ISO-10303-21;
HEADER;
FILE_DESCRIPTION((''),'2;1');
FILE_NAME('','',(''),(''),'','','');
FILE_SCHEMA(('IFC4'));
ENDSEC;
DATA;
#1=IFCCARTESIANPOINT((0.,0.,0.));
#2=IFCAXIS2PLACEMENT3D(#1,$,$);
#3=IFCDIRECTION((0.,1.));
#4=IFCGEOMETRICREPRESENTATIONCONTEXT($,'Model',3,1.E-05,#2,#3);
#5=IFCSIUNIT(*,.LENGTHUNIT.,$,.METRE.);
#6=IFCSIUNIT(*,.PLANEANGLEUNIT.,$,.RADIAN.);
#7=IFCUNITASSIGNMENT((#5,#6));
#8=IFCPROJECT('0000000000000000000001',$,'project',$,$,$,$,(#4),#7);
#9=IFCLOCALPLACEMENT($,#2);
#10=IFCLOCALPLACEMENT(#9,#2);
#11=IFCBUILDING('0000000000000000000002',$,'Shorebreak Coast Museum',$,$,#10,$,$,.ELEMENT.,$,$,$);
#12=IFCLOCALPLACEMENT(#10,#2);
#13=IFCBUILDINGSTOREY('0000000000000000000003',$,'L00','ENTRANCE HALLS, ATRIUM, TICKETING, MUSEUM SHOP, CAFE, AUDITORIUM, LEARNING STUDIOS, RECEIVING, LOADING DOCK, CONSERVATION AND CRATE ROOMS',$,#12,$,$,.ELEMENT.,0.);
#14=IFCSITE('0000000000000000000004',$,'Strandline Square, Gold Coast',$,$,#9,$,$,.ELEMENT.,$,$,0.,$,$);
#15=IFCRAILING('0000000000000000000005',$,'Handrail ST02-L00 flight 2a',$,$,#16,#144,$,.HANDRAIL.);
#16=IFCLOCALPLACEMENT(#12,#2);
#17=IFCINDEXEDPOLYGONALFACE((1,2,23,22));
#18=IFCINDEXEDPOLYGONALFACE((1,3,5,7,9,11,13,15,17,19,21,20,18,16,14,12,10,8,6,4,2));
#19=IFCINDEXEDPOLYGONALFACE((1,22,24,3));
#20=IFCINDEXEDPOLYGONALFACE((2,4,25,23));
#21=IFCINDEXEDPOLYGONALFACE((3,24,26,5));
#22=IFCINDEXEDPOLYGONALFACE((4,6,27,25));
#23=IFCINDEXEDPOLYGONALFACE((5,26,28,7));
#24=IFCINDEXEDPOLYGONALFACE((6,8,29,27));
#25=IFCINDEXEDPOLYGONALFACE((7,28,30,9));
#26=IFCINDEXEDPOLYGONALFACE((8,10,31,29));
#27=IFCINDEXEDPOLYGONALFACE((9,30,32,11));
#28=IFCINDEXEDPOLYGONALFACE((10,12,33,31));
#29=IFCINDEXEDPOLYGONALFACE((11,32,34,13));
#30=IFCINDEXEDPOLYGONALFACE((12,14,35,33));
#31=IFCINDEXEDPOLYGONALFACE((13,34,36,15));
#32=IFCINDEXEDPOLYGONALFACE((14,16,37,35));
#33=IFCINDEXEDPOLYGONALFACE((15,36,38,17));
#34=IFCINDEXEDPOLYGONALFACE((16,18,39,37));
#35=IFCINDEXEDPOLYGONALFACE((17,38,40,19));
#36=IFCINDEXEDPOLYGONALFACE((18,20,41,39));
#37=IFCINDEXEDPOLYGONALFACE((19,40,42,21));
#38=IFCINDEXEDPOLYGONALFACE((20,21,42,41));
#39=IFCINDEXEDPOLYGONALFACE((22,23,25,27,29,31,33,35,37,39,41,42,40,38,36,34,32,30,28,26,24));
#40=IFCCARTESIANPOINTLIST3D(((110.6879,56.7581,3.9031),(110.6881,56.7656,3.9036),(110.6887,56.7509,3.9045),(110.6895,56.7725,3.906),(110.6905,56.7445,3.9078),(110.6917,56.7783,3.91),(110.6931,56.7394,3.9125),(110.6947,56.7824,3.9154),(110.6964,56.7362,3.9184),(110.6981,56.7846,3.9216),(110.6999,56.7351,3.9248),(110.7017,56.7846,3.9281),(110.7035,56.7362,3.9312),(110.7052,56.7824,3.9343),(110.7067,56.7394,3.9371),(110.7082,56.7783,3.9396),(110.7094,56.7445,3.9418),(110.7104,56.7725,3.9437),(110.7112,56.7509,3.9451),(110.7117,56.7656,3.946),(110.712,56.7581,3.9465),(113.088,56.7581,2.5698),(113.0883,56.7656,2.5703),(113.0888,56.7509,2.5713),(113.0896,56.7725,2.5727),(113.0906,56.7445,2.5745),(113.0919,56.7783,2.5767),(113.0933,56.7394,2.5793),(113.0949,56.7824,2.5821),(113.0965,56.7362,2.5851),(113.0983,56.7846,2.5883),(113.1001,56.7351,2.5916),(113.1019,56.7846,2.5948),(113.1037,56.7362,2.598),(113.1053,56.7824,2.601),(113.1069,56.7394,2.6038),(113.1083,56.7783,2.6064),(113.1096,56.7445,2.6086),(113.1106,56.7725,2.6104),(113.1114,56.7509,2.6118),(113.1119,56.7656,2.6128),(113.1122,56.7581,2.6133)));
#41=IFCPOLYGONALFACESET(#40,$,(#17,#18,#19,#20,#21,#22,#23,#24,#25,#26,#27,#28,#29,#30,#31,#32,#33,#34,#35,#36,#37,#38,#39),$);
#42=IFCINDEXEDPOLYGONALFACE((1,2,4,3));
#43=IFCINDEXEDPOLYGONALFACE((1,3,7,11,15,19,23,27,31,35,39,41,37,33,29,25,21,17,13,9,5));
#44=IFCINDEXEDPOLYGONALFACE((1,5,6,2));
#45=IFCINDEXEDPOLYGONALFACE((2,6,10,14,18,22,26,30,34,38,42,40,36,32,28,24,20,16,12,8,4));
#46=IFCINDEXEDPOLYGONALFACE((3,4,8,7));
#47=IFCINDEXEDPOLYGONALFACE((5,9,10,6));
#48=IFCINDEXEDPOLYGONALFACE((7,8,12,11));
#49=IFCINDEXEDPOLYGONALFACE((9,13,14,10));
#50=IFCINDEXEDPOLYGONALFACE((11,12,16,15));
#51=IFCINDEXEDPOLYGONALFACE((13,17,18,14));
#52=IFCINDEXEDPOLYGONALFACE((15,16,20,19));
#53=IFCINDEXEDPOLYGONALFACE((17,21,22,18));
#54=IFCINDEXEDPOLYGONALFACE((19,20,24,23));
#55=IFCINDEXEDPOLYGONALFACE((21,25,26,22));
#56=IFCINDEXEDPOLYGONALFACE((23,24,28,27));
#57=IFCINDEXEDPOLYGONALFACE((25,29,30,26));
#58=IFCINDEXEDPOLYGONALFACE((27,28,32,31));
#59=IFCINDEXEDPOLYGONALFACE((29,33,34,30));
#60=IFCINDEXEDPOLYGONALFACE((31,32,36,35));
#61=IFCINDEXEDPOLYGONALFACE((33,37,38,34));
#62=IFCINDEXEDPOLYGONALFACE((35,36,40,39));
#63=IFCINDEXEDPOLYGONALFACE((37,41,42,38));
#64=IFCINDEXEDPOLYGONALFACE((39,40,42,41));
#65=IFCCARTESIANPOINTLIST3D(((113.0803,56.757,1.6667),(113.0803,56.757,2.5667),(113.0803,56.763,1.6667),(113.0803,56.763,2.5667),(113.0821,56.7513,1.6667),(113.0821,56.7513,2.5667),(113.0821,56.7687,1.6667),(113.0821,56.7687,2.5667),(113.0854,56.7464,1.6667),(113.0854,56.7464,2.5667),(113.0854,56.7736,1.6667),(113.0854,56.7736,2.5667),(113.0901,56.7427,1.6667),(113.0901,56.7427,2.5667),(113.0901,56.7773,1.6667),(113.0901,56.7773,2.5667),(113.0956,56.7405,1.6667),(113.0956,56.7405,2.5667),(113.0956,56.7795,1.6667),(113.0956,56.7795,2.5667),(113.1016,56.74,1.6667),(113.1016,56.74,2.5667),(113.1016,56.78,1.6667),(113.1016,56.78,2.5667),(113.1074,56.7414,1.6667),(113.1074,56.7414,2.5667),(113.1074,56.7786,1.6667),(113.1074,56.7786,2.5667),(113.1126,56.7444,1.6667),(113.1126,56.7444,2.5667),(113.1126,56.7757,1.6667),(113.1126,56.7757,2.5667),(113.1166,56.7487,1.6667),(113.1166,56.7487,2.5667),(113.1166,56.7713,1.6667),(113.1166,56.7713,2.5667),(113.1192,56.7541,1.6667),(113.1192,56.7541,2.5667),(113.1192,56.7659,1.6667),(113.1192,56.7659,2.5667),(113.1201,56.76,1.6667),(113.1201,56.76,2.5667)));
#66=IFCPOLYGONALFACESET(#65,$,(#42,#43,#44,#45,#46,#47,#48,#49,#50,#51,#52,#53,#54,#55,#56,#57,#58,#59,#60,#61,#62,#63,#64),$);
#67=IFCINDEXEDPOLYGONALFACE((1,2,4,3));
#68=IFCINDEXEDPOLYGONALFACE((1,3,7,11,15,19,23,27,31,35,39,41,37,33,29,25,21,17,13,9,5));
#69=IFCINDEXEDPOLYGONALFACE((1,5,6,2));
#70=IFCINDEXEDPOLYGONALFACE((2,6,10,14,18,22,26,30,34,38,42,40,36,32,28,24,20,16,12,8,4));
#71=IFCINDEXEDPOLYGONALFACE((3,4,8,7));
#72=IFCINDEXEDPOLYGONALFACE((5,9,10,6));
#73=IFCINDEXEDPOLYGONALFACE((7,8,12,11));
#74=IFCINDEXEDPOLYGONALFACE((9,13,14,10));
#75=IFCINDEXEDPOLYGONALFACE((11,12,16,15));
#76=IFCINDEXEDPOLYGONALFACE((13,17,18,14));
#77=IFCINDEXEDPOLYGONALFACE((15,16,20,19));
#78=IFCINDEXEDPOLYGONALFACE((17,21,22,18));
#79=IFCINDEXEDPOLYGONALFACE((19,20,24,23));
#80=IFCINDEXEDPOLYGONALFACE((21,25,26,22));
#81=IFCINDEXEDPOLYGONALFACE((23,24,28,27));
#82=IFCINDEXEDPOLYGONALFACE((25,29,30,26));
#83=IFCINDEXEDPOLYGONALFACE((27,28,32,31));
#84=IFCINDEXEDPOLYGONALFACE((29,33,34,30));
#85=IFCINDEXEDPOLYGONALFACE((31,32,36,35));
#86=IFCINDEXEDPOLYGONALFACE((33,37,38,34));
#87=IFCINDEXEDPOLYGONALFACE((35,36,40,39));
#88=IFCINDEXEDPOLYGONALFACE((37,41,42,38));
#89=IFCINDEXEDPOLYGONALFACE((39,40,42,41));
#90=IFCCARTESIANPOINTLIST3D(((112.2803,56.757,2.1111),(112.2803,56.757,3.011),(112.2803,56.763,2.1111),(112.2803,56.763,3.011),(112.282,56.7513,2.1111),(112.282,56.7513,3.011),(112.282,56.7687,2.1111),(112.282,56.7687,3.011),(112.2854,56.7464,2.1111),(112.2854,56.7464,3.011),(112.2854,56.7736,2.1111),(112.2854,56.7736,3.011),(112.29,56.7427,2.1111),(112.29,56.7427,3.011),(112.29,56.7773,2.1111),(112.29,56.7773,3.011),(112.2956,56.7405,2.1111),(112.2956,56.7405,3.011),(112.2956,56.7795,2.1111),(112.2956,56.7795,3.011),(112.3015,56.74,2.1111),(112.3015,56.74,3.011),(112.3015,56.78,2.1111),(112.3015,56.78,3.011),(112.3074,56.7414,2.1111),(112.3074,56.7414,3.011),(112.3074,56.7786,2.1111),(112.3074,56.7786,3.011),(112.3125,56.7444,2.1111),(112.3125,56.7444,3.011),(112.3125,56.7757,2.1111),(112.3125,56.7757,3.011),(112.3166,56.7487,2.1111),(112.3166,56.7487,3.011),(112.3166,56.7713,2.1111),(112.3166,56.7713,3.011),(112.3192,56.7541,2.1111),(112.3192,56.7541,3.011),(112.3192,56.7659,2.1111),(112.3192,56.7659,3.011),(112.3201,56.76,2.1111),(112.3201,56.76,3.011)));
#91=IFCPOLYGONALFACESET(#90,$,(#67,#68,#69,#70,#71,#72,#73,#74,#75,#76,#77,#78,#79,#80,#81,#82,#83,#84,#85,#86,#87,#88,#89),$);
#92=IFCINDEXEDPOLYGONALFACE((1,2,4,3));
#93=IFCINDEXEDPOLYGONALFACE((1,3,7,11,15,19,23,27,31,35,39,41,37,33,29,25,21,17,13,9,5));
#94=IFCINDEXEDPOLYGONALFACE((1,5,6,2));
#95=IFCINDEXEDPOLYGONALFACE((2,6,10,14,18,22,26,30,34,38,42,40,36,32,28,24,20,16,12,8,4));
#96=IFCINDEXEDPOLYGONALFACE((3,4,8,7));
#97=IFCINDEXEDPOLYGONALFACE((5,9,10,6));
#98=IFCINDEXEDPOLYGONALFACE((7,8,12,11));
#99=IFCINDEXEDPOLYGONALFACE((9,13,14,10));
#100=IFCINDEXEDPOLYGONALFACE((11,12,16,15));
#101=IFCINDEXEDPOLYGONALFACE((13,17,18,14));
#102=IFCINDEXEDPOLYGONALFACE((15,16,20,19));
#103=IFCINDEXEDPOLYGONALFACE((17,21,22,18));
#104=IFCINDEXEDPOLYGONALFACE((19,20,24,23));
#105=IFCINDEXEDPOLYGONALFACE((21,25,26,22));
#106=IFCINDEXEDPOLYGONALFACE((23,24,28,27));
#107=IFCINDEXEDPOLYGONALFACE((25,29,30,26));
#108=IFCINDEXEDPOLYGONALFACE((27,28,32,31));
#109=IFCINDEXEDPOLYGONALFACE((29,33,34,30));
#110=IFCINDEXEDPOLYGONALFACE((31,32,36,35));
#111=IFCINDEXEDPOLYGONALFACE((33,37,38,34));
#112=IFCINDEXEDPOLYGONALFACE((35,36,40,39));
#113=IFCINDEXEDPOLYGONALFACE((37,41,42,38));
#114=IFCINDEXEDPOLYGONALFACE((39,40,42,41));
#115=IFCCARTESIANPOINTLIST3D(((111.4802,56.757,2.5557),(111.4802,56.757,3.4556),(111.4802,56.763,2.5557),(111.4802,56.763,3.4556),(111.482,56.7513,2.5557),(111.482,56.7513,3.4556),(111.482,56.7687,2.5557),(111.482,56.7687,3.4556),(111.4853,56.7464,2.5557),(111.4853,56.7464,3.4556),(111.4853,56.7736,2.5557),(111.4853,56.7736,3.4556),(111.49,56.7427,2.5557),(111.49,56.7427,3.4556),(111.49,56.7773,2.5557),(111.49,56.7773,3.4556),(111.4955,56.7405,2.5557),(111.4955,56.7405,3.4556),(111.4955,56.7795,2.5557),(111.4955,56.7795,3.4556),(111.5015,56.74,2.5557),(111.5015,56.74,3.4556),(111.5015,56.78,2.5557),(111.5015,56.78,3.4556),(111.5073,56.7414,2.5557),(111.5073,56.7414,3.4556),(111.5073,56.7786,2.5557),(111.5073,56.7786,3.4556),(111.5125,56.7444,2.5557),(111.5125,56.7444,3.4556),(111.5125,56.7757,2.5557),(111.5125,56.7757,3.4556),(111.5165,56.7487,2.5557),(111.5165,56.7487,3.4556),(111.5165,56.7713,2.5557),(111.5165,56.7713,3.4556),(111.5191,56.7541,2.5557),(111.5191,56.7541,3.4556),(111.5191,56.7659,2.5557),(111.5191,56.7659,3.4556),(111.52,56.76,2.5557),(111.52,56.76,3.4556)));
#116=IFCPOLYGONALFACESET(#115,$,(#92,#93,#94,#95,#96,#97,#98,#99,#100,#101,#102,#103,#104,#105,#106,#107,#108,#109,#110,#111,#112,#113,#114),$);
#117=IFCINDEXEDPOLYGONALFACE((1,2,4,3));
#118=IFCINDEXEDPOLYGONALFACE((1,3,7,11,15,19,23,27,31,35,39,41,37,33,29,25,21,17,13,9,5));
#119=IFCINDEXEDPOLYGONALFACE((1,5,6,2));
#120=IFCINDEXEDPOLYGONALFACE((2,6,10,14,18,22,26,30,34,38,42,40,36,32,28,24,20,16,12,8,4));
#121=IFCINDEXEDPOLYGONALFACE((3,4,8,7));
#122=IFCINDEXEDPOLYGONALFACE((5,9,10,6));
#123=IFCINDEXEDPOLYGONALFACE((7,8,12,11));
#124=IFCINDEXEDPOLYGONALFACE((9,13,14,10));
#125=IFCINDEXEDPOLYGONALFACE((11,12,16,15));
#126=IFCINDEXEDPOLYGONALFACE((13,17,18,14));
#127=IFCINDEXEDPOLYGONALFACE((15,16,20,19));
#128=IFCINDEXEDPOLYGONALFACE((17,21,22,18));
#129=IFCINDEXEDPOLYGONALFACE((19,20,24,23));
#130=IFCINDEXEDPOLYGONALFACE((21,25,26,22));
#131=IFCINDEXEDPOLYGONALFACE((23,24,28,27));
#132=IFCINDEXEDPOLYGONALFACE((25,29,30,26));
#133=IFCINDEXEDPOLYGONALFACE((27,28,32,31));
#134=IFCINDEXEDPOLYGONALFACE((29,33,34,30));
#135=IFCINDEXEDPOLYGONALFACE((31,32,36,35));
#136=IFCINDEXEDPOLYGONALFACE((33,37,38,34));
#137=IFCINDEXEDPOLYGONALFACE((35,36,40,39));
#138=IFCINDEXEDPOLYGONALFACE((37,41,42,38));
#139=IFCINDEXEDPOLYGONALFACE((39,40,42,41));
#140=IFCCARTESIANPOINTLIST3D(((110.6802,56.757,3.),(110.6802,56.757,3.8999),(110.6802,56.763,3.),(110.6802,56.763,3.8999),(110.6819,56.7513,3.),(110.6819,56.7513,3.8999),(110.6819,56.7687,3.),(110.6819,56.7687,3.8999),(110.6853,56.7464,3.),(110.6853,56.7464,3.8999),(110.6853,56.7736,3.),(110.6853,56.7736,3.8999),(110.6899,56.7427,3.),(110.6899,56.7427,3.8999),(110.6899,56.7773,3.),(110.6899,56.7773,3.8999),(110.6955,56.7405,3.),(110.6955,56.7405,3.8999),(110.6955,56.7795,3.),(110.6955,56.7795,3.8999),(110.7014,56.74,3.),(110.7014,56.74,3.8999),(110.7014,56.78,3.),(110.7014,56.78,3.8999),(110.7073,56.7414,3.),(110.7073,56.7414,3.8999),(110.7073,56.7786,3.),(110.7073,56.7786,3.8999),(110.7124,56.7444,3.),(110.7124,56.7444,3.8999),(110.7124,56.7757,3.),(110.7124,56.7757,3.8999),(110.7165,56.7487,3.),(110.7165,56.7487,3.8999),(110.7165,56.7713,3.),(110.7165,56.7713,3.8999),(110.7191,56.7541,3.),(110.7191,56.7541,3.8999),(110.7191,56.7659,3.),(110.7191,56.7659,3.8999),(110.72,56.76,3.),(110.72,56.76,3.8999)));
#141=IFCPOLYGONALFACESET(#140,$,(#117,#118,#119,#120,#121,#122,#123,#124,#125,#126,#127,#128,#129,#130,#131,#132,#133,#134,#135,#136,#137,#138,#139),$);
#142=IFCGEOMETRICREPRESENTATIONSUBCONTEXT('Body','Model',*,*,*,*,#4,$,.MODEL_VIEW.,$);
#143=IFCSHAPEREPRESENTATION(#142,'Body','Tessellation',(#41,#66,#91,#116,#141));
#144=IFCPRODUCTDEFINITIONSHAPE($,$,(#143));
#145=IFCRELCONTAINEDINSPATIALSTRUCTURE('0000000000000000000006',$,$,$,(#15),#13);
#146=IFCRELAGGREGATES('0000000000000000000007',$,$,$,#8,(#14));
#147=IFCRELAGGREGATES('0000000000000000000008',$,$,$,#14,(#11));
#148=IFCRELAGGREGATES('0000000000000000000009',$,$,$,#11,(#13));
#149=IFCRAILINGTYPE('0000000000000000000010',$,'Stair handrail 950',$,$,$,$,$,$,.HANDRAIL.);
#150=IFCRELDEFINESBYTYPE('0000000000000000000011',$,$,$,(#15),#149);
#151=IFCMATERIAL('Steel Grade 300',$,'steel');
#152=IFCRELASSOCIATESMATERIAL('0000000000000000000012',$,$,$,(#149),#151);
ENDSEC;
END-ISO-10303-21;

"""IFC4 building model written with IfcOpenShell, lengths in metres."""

from ifc_helpers import new_model, si_unit, direction, frame, origin, origin_2d, place, context, subcontext, project, spatial, circle, extrude, material, type_object, element, save


model = new_model("IFC4")

# Units and contexts
model_context = context("Model", 3, precision=1e-05, world=origin(), true_north=direction((0.0, 1.0)))
body_context = subcontext(model_context, "Body", "Model", "MODEL_VIEW")
ifc_project = project(units=[si_unit("LENGTHUNIT", "METRE"), si_unit("PLANEANGLEUNIT", "RADIAN")], contexts=[model_context])

# Site, building, storey
site_placement = place(None, origin())
site = spatial("IfcSite", under=ifc_project, at=site_placement, Name="Strandline Square, Gold Coast", CompositionType="ELEMENT", RefElevation=0.0)
building_placement = place(site_placement, origin())
building = spatial("IfcBuilding", under=site, at=building_placement, Name="Shorebreak Coast Museum", CompositionType="ELEMENT")
storey_placement = place(building_placement, origin())
storey = spatial("IfcBuildingStorey", under=building, at=storey_placement, Name="L00", Description="ENTRANCE HALLS, ATRIUM, TICKETING, MUSEUM SHOP, CAFE, AUDITORIUM, LEARNING STUDIOS, RECEIVING, LOADING DOCK, CONSERVATION AND CRATE ROOMS", CompositionType="ELEMENT", Elevation=0.0)

# Railing
ifc_material_1 = material(Name="Steel Grade 300", Category="steel")
railing_type_1 = type_object("IfcRailingType", Name="Stair handrail 950", PredefinedType="HANDRAIL", material=ifc_material_1)
for number, where, name in (
    (1, (113.1001, 56.76, 1.6667), "Handrail ST02-L00 flight 2a"),
):
    element("IfcRailing", number, at=place(storey_placement, frame(where)), inside=storey, type_object=railing_type_1, Name=name, PredefinedType="HANDRAIL", context=body_context, shape_type="SweptSolid", body=[
        extrude(circle(Radius=0.0249, at=origin_2d()), frame((0.0, 0.0, 0.9248), z_axis=(-0.874182, 0.0, 0.485598), x_axis=(0.0, -1.0, 0.0)), (0.0, 0.0, 1.0), 2.7456),
        extrude(circle(Radius=0.02, at=origin_2d()), origin(), (0.0, 0.0, 1.0), 0.8999),
        extrude(circle(Radius=0.02, at=origin_2d()), frame((-0.8, 0.0, 0.4443)), (0.0, 0.0, 1.0), 0.8999),
        extrude(circle(Radius=0.02, at=origin_2d()), frame((-1.6001, 0.0, 0.8889)), (0.0, 0.0, 1.0), 0.8999),
        extrude(circle(Radius=0.02, at=origin_2d()), frame((-2.4001, 0.0, 1.3333)), (0.0, 0.0, 1.0), 0.8999),
    ])

save(model, "model.ifc")
